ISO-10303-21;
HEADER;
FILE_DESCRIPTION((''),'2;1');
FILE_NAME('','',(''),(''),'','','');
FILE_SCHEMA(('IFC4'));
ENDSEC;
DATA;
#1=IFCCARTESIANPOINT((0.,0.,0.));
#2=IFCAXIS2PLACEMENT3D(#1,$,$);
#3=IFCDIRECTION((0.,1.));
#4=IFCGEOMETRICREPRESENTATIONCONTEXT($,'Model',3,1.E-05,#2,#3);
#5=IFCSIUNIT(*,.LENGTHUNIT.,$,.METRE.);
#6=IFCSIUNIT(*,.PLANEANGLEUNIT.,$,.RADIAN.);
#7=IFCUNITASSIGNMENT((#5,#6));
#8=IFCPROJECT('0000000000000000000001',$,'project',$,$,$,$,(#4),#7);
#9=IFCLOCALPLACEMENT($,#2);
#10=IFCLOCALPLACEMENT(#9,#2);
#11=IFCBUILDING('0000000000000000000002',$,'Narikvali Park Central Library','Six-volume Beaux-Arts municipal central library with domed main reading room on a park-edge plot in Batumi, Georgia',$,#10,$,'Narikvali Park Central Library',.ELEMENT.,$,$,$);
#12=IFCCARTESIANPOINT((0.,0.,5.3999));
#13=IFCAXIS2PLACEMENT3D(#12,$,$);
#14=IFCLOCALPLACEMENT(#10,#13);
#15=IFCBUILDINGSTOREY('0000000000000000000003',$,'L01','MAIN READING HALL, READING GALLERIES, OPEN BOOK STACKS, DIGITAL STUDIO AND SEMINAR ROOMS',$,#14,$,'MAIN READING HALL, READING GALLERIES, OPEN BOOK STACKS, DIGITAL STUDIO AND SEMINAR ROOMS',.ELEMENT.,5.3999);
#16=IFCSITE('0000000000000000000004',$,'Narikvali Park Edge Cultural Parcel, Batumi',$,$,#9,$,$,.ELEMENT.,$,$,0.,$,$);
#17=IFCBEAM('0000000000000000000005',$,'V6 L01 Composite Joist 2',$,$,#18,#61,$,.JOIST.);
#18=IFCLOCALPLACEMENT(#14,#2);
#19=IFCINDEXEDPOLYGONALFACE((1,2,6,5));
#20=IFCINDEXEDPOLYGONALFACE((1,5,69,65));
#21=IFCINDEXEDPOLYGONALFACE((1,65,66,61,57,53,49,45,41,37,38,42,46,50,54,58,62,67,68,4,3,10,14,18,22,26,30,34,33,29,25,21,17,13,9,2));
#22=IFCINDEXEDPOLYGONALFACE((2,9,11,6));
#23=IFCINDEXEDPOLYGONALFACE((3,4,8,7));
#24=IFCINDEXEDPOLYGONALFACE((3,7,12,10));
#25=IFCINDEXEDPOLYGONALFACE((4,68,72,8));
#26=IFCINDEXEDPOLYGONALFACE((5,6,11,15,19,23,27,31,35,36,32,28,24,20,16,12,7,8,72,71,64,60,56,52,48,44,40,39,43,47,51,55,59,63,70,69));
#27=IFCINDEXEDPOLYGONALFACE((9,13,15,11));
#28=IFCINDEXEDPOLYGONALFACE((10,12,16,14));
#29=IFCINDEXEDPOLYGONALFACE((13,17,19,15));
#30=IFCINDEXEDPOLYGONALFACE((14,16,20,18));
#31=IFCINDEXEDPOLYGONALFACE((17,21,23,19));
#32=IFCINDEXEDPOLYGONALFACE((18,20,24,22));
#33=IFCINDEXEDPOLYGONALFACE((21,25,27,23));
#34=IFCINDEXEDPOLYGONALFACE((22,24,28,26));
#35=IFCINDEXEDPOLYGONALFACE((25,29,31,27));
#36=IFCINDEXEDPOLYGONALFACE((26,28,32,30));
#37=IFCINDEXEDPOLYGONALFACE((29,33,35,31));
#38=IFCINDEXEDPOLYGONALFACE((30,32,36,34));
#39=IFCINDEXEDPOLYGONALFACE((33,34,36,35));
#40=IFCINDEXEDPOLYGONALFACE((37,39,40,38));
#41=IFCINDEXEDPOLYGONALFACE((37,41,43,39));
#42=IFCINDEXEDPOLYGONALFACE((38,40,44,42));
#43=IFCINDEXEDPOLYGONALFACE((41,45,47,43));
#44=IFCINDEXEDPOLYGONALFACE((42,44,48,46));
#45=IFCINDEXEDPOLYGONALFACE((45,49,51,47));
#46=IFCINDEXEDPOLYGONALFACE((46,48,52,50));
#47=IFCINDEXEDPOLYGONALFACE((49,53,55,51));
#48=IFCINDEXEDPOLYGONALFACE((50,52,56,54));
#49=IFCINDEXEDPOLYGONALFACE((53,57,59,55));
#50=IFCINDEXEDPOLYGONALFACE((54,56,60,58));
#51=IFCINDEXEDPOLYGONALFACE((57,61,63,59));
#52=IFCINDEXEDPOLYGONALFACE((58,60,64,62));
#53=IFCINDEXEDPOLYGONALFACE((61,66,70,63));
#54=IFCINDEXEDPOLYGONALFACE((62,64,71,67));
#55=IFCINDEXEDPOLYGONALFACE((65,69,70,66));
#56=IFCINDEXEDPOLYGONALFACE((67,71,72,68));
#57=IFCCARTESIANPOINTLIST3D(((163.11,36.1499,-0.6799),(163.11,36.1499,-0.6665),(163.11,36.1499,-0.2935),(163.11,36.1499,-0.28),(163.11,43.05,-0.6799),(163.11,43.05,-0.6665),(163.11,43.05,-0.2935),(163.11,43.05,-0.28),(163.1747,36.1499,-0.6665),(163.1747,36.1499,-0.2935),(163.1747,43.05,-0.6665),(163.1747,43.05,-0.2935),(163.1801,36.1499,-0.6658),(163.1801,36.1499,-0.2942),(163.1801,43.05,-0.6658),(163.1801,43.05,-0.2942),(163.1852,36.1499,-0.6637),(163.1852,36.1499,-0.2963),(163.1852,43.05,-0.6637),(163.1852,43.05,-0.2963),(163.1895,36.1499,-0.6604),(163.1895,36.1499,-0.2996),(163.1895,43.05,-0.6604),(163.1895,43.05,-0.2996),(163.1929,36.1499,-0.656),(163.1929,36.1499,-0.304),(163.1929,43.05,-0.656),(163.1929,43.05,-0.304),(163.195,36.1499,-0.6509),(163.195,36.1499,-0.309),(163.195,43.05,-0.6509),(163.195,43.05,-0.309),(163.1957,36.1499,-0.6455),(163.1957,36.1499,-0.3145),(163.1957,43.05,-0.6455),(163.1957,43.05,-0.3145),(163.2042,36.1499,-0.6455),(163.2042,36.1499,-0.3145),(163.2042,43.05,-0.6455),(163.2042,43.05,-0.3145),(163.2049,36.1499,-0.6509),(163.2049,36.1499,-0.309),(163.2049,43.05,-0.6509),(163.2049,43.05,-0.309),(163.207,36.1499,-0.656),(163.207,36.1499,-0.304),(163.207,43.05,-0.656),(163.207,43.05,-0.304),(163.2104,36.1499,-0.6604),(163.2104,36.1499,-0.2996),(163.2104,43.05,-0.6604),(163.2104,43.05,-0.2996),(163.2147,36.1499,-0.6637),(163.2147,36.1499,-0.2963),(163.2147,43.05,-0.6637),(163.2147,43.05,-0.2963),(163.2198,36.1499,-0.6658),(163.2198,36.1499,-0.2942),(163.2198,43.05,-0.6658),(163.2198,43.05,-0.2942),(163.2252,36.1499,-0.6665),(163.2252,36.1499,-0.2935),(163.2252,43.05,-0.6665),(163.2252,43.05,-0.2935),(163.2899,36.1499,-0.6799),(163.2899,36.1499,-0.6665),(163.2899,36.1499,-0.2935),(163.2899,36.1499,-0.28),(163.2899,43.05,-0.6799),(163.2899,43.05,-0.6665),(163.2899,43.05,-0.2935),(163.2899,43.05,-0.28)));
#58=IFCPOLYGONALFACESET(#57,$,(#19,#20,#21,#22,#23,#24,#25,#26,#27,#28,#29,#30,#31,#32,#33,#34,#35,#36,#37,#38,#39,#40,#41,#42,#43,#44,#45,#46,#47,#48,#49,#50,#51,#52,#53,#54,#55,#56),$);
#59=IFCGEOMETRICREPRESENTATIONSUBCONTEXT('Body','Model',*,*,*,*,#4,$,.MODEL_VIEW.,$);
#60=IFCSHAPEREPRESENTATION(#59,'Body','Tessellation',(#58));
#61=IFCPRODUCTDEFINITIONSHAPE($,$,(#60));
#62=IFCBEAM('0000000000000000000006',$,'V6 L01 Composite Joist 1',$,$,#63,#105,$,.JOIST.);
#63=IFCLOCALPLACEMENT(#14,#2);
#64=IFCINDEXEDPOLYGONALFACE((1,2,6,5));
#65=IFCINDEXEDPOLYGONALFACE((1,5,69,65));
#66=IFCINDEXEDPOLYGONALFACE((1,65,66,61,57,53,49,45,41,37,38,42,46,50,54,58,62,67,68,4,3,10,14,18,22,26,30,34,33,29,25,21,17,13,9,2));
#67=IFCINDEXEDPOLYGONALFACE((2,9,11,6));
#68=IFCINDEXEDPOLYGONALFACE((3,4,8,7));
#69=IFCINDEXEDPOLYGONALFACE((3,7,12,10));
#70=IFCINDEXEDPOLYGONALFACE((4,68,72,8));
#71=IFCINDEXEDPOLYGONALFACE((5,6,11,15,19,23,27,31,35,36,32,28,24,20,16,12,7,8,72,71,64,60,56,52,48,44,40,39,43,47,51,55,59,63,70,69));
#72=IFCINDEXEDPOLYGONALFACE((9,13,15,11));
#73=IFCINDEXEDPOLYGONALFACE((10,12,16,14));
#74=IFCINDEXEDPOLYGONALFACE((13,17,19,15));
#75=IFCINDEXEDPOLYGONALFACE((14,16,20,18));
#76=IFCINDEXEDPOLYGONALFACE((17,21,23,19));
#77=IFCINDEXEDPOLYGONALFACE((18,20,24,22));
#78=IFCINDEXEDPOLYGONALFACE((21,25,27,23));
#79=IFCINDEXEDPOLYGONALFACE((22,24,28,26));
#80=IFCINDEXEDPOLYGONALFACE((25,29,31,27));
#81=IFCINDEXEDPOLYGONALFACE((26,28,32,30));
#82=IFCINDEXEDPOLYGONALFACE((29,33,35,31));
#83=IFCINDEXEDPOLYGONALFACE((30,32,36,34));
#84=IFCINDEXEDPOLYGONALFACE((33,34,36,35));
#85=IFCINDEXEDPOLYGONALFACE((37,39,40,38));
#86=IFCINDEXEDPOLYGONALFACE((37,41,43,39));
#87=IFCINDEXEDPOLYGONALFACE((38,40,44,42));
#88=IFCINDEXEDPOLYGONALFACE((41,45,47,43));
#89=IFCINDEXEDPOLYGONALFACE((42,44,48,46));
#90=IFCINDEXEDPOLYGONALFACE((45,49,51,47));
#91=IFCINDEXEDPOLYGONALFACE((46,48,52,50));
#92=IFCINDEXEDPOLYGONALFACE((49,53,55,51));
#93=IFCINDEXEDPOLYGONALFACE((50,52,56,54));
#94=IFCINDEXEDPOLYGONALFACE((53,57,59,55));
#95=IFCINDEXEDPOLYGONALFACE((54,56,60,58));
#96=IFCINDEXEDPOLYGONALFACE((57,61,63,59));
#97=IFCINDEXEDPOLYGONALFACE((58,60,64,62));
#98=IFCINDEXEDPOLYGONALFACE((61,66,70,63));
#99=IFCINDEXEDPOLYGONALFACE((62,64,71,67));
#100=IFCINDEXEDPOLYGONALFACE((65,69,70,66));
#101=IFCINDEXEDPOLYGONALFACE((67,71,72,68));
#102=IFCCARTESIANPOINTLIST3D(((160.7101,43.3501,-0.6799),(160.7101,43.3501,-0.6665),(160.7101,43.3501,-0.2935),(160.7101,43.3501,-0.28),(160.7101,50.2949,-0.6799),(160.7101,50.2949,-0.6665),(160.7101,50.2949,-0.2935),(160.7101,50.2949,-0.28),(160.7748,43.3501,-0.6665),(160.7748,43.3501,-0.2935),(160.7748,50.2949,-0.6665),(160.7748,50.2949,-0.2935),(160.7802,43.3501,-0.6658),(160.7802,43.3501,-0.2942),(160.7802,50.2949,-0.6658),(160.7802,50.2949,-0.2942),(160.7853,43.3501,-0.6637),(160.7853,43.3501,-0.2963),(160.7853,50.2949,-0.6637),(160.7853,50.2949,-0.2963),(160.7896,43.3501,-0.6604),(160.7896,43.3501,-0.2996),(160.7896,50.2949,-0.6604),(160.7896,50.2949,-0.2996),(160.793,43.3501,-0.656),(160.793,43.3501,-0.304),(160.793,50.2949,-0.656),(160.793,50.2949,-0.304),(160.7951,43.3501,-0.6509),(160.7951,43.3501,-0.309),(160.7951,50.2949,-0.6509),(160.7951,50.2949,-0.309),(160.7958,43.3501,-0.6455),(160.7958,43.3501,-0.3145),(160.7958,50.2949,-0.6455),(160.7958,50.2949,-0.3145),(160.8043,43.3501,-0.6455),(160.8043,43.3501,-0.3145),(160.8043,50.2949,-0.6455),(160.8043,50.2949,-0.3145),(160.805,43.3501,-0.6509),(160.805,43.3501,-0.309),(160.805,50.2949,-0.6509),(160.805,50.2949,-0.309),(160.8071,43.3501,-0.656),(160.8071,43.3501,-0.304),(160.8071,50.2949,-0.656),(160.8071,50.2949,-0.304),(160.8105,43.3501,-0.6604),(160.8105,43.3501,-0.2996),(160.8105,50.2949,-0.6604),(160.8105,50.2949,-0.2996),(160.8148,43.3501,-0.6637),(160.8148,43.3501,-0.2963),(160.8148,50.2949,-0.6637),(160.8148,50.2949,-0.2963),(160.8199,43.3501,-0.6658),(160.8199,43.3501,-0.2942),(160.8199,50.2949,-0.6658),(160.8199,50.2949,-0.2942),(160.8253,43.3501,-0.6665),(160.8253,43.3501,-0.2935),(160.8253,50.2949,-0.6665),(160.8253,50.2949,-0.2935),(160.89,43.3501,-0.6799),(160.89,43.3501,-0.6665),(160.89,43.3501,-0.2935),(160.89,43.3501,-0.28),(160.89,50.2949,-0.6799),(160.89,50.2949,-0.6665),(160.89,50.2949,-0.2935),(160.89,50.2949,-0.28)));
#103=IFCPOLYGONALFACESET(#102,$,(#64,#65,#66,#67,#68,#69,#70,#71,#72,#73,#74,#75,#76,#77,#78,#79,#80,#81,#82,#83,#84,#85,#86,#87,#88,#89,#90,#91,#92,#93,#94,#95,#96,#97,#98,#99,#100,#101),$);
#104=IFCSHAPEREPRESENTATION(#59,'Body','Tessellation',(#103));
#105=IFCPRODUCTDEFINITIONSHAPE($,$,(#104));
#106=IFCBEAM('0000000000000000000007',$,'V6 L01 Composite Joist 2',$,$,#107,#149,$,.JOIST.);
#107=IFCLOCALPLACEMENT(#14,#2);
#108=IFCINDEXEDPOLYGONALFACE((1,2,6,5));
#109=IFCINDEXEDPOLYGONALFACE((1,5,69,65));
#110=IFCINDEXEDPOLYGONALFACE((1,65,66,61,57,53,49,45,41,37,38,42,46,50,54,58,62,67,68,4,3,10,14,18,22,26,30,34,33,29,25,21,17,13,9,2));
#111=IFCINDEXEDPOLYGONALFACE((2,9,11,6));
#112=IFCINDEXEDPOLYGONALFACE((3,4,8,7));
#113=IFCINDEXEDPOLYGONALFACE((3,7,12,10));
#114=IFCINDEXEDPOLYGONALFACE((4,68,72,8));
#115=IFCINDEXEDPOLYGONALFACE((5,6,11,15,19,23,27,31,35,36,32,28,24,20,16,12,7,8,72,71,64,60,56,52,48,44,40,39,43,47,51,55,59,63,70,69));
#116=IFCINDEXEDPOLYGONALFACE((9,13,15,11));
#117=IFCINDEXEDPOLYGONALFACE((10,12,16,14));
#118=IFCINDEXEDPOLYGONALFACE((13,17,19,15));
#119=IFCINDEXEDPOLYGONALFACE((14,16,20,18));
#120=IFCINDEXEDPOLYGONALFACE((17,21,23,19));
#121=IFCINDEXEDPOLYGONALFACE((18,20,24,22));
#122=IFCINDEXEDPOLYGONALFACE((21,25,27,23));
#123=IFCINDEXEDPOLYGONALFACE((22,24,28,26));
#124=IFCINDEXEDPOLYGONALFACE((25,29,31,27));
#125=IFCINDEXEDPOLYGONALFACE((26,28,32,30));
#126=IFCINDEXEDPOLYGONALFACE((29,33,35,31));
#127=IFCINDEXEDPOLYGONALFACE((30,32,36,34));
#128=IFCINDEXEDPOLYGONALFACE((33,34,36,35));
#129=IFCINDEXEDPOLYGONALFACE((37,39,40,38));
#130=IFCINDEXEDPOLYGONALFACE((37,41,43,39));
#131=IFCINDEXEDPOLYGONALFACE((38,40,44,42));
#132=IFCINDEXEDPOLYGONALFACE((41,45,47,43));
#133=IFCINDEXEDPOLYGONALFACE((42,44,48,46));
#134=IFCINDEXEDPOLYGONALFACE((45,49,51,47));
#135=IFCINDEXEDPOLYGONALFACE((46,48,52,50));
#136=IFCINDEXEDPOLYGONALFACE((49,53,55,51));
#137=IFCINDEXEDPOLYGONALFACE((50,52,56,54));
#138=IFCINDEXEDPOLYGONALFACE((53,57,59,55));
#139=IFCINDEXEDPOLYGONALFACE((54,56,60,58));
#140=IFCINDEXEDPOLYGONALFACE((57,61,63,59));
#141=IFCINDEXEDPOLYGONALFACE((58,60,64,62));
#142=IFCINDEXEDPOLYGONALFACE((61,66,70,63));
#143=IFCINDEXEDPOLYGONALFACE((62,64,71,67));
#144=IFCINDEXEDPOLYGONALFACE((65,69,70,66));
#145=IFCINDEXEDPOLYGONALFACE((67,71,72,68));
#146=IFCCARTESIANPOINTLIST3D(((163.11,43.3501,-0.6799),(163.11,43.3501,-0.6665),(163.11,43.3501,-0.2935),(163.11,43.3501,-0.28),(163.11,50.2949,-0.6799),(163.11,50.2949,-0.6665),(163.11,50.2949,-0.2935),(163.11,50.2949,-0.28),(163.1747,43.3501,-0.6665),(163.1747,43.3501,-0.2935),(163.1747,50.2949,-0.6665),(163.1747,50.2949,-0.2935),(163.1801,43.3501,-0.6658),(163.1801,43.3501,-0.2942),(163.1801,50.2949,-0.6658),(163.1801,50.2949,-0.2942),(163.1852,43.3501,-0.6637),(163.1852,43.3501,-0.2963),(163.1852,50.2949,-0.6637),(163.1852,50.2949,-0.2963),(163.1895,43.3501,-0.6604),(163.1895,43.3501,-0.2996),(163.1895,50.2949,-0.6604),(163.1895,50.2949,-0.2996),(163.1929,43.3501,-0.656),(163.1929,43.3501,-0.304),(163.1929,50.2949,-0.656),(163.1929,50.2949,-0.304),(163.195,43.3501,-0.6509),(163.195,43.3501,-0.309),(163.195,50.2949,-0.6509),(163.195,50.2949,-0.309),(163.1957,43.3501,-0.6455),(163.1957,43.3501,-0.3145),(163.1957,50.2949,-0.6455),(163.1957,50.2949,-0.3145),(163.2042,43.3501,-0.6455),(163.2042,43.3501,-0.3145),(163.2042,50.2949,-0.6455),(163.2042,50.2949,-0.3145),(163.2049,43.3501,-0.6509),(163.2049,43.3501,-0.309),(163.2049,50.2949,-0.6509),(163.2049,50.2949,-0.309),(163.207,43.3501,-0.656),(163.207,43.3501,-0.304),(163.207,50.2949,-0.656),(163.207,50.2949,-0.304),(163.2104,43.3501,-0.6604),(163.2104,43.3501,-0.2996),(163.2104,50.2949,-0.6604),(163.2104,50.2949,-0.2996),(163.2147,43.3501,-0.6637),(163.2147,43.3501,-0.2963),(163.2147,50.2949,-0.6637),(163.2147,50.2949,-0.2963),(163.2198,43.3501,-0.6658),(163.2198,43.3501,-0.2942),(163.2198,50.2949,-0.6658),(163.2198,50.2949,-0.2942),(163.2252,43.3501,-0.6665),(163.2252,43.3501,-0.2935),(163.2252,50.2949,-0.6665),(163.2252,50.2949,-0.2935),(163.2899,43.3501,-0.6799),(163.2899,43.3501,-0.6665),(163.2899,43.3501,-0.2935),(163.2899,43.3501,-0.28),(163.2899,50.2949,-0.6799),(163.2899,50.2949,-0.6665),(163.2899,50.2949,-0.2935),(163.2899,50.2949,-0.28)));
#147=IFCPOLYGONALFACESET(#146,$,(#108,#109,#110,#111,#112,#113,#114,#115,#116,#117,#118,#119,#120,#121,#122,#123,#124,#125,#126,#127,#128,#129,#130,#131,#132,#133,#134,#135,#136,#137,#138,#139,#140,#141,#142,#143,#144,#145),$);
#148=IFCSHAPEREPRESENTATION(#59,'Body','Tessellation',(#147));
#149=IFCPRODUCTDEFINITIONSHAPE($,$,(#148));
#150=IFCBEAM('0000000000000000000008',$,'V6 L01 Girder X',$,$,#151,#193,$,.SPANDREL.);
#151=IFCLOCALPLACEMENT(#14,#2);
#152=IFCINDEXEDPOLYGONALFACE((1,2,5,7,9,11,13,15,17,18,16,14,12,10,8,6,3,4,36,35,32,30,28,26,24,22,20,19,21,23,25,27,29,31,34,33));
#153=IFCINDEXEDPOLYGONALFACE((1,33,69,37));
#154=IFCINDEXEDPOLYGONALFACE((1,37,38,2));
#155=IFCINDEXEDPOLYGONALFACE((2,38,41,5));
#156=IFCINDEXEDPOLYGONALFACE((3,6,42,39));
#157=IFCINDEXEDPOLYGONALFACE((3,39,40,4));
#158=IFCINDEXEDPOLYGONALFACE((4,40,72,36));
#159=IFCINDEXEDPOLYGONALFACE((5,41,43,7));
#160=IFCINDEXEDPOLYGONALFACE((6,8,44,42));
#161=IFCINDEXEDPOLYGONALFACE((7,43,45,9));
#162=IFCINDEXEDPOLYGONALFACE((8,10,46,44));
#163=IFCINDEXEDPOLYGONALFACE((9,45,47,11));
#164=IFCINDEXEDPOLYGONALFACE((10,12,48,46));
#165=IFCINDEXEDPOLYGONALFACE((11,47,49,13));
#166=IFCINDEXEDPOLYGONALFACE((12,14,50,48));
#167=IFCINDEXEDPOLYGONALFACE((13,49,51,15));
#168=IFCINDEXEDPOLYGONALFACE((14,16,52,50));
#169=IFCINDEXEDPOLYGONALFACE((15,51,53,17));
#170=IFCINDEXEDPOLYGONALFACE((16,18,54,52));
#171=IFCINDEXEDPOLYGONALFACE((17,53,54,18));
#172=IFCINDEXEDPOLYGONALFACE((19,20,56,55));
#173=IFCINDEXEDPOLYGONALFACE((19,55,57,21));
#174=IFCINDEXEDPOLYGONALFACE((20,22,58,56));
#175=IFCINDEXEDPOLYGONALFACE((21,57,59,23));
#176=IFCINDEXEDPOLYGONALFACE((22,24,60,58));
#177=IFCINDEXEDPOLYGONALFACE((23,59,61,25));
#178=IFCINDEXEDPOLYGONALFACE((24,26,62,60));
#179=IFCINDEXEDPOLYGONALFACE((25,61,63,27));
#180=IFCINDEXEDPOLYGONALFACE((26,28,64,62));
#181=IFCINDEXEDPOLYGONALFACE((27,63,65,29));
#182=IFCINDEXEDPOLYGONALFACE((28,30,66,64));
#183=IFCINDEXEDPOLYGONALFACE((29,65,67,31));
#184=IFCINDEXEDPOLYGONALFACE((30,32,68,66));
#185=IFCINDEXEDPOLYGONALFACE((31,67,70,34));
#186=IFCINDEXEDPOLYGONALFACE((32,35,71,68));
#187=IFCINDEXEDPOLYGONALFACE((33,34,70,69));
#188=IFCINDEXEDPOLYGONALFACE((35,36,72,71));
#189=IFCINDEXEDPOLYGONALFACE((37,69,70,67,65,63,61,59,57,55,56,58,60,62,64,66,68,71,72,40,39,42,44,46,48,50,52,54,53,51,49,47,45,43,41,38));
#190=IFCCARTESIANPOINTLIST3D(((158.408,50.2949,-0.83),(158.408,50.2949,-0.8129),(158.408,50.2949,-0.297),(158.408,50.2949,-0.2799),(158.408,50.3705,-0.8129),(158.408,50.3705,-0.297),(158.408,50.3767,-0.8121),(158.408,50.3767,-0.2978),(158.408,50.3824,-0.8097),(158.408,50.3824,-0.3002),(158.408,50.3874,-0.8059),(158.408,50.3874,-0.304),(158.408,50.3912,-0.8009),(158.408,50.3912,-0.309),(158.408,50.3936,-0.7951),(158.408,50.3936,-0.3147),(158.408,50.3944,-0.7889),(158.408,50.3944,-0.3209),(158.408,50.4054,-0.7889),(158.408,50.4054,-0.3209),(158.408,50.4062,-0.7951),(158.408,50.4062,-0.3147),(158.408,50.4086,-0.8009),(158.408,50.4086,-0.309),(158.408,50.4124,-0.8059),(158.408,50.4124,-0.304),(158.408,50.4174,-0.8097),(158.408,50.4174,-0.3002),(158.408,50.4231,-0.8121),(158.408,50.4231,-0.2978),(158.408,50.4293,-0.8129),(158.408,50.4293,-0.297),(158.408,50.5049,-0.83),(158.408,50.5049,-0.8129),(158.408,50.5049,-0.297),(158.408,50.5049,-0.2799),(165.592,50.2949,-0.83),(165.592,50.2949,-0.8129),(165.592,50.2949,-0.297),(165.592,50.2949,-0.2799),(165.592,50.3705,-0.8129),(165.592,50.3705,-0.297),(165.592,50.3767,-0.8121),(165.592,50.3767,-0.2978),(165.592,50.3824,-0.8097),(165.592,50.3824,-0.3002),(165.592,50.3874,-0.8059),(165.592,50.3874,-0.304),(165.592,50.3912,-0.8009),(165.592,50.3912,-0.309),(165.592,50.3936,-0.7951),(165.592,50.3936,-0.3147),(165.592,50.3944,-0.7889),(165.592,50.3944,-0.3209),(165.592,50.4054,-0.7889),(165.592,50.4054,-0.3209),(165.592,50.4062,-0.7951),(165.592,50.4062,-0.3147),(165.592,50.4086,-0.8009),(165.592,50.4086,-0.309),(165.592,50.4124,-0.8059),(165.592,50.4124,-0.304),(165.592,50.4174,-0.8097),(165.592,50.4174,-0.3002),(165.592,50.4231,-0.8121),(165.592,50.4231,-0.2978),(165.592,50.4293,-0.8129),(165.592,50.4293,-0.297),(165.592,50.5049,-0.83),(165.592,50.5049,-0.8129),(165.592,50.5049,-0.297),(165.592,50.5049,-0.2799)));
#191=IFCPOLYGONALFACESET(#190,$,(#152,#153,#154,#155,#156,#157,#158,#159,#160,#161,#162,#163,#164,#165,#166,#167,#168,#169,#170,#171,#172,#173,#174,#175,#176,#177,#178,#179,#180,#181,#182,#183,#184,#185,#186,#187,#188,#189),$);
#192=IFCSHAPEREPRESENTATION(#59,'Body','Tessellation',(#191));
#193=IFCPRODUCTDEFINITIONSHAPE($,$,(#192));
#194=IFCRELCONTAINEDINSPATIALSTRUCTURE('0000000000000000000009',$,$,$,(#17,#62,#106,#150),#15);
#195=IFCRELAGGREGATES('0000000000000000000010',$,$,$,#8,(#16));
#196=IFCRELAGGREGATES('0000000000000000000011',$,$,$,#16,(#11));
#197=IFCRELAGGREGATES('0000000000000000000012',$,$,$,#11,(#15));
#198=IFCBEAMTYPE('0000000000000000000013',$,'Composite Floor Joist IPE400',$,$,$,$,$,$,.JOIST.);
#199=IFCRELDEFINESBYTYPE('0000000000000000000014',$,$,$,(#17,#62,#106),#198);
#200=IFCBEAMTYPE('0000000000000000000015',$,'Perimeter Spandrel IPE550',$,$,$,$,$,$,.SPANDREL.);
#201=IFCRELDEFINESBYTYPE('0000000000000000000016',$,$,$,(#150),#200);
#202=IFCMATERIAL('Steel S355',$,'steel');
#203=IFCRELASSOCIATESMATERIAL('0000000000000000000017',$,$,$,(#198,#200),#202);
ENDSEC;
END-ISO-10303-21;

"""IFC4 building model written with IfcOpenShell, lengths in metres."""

from ifc_helpers import new_model, si_unit, direction, frame, origin, origin_2d, place, context, subcontext, project, spatial, i_section, extrude, material, material_profile, profile_set, type_object, element, save


model = new_model("IFC4")

# Units and contexts
model_context = context("Model", 3, precision=1e-05, world=origin(), true_north=direction((0.0, 1.0)))
body_context = subcontext(model_context, "Body", "Model", "MODEL_VIEW")
ifc_project = project(units=[si_unit("LENGTHUNIT", "METRE"), si_unit("PLANEANGLEUNIT", "RADIAN")], contexts=[model_context])

# Site, building, storey
site_placement = place(None, origin())
site = spatial("IfcSite", under=ifc_project, at=site_placement, Name="Narikvali Park Edge Cultural Parcel, Batumi", CompositionType="ELEMENT", RefElevation=0.0)
building_placement = place(site_placement, origin())
building = spatial("IfcBuilding", under=site, at=building_placement, Name="Narikvali Park Central Library", Description="Six-volume Beaux-Arts municipal central library with domed main reading room on a park-edge plot in Batumi, Georgia", LongName="Narikvali Park Central Library", CompositionType="ELEMENT")
storey_placement = place(building_placement, frame((0.0, 0.0, 5.3999)))
storey = spatial("IfcBuildingStorey", under=building, at=storey_placement, Name="L01", Description="MAIN READING HALL, READING GALLERIES, OPEN BOOK STACKS, DIGITAL STUDIO AND SEMINAR ROOMS", LongName="MAIN READING HALL, READING GALLERIES, OPEN BOOK STACKS, DIGITAL STUDIO AND SEMINAR ROOMS", CompositionType="ELEMENT", Elevation=5.3999)

# Shared definitions
ifc_material_1 = material(Name="Steel S355", Category="steel")

# Beams
ifc_material_profile_1 = material_profile(ifc_material_1, i_section(OverallWidth=0.1799, OverallDepth=0.3999, WebThickness=0.0085, FlangeThickness=0.0134, FilletRadius=0.021, at=origin_2d()), Name="IPE 400")
ifc_profile_set_1 = profile_set([ifc_material_profile_1], Name="Steel S355")
beam_type_1 = type_object("IfcBeamType", Name="Composite Floor Joist IPE400", PredefinedType="JOIST", material=ifc_profile_set_1)
for number, where, z_axis, x_axis, name in (
    (1, (163.2, 36.1499, -0.48), (0.0, 1.0, 0.0), (-1.0, 0.0, 0.0), "V6 L01 Composite Joist 2"),
):
    element("IfcBeam", number, at=place(storey_placement, frame(where, z_axis=z_axis, x_axis=x_axis)), inside=storey, type_object=beam_type_1, Name=name, PredefinedType="JOIST", context=body_context, shape_type="SweptSolid", body=[
        extrude(i_section(OverallWidth=0.1799, OverallDepth=0.3999, WebThickness=0.0085, FlangeThickness=0.0134, FilletRadius=0.021, at=origin_2d()), origin(), (0.0, 0.0, 1.0), 6.9001),
    ])
for number, where, z_axis, x_axis, name in (
    (2, (160.8, 43.3501, -0.48), (0.0, 1.0, 0.0), (-1.0, 0.0, 0.0), "V6 L01 Composite Joist 1"),
    (3, (163.2, 43.3501, -0.48), (0.0, 1.0, 0.0), (-1.0, 0.0, 0.0), "V6 L01 Composite Joist 2"),
):
    element("IfcBeam", number, at=place(storey_placement, frame(where, z_axis=z_axis, x_axis=x_axis)), inside=storey, type_object=beam_type_1, Name=name, PredefinedType="JOIST", context=body_context, shape_type="SweptSolid", body=[
        extrude(i_section(OverallWidth=0.1799, OverallDepth=0.3999, WebThickness=0.0085, FlangeThickness=0.0134, FilletRadius=0.021, at=origin_2d()), origin(), (0.0, 0.0, 1.0), 6.9448),
    ])
ifc_material_profile_2 = material_profile(ifc_material_1, i_section(OverallWidth=0.21, OverallDepth=0.55, WebThickness=0.011, FlangeThickness=0.0171, FilletRadius=0.0239, at=origin_2d()), Name="IPE 550")
ifc_profile_set_2 = profile_set([ifc_material_profile_2], Name="Steel S355")
beam_type_2 = type_object("IfcBeamType", Name="Perimeter Spandrel IPE550", PredefinedType="SPANDREL", material=ifc_profile_set_2)
beam_1_placement = place(storey_placement, frame((158.408, 50.3999, -0.5549), z_axis=(1.0, 0.0, 0.0), x_axis=(0.0, 1.0, 0.0)))
element("IfcBeam", 4, at=beam_1_placement, inside=storey, type_object=beam_type_2, Name="V6 L01 Girder X", PredefinedType="SPANDREL", context=body_context, shape_type="SweptSolid", body=[
    extrude(i_section(OverallWidth=0.21, OverallDepth=0.55, WebThickness=0.011, FlangeThickness=0.0171, FilletRadius=0.0239, at=origin_2d()), origin(), (0.0, 0.0, 1.0), 7.1841),
])

save(model, "model.ifc")
